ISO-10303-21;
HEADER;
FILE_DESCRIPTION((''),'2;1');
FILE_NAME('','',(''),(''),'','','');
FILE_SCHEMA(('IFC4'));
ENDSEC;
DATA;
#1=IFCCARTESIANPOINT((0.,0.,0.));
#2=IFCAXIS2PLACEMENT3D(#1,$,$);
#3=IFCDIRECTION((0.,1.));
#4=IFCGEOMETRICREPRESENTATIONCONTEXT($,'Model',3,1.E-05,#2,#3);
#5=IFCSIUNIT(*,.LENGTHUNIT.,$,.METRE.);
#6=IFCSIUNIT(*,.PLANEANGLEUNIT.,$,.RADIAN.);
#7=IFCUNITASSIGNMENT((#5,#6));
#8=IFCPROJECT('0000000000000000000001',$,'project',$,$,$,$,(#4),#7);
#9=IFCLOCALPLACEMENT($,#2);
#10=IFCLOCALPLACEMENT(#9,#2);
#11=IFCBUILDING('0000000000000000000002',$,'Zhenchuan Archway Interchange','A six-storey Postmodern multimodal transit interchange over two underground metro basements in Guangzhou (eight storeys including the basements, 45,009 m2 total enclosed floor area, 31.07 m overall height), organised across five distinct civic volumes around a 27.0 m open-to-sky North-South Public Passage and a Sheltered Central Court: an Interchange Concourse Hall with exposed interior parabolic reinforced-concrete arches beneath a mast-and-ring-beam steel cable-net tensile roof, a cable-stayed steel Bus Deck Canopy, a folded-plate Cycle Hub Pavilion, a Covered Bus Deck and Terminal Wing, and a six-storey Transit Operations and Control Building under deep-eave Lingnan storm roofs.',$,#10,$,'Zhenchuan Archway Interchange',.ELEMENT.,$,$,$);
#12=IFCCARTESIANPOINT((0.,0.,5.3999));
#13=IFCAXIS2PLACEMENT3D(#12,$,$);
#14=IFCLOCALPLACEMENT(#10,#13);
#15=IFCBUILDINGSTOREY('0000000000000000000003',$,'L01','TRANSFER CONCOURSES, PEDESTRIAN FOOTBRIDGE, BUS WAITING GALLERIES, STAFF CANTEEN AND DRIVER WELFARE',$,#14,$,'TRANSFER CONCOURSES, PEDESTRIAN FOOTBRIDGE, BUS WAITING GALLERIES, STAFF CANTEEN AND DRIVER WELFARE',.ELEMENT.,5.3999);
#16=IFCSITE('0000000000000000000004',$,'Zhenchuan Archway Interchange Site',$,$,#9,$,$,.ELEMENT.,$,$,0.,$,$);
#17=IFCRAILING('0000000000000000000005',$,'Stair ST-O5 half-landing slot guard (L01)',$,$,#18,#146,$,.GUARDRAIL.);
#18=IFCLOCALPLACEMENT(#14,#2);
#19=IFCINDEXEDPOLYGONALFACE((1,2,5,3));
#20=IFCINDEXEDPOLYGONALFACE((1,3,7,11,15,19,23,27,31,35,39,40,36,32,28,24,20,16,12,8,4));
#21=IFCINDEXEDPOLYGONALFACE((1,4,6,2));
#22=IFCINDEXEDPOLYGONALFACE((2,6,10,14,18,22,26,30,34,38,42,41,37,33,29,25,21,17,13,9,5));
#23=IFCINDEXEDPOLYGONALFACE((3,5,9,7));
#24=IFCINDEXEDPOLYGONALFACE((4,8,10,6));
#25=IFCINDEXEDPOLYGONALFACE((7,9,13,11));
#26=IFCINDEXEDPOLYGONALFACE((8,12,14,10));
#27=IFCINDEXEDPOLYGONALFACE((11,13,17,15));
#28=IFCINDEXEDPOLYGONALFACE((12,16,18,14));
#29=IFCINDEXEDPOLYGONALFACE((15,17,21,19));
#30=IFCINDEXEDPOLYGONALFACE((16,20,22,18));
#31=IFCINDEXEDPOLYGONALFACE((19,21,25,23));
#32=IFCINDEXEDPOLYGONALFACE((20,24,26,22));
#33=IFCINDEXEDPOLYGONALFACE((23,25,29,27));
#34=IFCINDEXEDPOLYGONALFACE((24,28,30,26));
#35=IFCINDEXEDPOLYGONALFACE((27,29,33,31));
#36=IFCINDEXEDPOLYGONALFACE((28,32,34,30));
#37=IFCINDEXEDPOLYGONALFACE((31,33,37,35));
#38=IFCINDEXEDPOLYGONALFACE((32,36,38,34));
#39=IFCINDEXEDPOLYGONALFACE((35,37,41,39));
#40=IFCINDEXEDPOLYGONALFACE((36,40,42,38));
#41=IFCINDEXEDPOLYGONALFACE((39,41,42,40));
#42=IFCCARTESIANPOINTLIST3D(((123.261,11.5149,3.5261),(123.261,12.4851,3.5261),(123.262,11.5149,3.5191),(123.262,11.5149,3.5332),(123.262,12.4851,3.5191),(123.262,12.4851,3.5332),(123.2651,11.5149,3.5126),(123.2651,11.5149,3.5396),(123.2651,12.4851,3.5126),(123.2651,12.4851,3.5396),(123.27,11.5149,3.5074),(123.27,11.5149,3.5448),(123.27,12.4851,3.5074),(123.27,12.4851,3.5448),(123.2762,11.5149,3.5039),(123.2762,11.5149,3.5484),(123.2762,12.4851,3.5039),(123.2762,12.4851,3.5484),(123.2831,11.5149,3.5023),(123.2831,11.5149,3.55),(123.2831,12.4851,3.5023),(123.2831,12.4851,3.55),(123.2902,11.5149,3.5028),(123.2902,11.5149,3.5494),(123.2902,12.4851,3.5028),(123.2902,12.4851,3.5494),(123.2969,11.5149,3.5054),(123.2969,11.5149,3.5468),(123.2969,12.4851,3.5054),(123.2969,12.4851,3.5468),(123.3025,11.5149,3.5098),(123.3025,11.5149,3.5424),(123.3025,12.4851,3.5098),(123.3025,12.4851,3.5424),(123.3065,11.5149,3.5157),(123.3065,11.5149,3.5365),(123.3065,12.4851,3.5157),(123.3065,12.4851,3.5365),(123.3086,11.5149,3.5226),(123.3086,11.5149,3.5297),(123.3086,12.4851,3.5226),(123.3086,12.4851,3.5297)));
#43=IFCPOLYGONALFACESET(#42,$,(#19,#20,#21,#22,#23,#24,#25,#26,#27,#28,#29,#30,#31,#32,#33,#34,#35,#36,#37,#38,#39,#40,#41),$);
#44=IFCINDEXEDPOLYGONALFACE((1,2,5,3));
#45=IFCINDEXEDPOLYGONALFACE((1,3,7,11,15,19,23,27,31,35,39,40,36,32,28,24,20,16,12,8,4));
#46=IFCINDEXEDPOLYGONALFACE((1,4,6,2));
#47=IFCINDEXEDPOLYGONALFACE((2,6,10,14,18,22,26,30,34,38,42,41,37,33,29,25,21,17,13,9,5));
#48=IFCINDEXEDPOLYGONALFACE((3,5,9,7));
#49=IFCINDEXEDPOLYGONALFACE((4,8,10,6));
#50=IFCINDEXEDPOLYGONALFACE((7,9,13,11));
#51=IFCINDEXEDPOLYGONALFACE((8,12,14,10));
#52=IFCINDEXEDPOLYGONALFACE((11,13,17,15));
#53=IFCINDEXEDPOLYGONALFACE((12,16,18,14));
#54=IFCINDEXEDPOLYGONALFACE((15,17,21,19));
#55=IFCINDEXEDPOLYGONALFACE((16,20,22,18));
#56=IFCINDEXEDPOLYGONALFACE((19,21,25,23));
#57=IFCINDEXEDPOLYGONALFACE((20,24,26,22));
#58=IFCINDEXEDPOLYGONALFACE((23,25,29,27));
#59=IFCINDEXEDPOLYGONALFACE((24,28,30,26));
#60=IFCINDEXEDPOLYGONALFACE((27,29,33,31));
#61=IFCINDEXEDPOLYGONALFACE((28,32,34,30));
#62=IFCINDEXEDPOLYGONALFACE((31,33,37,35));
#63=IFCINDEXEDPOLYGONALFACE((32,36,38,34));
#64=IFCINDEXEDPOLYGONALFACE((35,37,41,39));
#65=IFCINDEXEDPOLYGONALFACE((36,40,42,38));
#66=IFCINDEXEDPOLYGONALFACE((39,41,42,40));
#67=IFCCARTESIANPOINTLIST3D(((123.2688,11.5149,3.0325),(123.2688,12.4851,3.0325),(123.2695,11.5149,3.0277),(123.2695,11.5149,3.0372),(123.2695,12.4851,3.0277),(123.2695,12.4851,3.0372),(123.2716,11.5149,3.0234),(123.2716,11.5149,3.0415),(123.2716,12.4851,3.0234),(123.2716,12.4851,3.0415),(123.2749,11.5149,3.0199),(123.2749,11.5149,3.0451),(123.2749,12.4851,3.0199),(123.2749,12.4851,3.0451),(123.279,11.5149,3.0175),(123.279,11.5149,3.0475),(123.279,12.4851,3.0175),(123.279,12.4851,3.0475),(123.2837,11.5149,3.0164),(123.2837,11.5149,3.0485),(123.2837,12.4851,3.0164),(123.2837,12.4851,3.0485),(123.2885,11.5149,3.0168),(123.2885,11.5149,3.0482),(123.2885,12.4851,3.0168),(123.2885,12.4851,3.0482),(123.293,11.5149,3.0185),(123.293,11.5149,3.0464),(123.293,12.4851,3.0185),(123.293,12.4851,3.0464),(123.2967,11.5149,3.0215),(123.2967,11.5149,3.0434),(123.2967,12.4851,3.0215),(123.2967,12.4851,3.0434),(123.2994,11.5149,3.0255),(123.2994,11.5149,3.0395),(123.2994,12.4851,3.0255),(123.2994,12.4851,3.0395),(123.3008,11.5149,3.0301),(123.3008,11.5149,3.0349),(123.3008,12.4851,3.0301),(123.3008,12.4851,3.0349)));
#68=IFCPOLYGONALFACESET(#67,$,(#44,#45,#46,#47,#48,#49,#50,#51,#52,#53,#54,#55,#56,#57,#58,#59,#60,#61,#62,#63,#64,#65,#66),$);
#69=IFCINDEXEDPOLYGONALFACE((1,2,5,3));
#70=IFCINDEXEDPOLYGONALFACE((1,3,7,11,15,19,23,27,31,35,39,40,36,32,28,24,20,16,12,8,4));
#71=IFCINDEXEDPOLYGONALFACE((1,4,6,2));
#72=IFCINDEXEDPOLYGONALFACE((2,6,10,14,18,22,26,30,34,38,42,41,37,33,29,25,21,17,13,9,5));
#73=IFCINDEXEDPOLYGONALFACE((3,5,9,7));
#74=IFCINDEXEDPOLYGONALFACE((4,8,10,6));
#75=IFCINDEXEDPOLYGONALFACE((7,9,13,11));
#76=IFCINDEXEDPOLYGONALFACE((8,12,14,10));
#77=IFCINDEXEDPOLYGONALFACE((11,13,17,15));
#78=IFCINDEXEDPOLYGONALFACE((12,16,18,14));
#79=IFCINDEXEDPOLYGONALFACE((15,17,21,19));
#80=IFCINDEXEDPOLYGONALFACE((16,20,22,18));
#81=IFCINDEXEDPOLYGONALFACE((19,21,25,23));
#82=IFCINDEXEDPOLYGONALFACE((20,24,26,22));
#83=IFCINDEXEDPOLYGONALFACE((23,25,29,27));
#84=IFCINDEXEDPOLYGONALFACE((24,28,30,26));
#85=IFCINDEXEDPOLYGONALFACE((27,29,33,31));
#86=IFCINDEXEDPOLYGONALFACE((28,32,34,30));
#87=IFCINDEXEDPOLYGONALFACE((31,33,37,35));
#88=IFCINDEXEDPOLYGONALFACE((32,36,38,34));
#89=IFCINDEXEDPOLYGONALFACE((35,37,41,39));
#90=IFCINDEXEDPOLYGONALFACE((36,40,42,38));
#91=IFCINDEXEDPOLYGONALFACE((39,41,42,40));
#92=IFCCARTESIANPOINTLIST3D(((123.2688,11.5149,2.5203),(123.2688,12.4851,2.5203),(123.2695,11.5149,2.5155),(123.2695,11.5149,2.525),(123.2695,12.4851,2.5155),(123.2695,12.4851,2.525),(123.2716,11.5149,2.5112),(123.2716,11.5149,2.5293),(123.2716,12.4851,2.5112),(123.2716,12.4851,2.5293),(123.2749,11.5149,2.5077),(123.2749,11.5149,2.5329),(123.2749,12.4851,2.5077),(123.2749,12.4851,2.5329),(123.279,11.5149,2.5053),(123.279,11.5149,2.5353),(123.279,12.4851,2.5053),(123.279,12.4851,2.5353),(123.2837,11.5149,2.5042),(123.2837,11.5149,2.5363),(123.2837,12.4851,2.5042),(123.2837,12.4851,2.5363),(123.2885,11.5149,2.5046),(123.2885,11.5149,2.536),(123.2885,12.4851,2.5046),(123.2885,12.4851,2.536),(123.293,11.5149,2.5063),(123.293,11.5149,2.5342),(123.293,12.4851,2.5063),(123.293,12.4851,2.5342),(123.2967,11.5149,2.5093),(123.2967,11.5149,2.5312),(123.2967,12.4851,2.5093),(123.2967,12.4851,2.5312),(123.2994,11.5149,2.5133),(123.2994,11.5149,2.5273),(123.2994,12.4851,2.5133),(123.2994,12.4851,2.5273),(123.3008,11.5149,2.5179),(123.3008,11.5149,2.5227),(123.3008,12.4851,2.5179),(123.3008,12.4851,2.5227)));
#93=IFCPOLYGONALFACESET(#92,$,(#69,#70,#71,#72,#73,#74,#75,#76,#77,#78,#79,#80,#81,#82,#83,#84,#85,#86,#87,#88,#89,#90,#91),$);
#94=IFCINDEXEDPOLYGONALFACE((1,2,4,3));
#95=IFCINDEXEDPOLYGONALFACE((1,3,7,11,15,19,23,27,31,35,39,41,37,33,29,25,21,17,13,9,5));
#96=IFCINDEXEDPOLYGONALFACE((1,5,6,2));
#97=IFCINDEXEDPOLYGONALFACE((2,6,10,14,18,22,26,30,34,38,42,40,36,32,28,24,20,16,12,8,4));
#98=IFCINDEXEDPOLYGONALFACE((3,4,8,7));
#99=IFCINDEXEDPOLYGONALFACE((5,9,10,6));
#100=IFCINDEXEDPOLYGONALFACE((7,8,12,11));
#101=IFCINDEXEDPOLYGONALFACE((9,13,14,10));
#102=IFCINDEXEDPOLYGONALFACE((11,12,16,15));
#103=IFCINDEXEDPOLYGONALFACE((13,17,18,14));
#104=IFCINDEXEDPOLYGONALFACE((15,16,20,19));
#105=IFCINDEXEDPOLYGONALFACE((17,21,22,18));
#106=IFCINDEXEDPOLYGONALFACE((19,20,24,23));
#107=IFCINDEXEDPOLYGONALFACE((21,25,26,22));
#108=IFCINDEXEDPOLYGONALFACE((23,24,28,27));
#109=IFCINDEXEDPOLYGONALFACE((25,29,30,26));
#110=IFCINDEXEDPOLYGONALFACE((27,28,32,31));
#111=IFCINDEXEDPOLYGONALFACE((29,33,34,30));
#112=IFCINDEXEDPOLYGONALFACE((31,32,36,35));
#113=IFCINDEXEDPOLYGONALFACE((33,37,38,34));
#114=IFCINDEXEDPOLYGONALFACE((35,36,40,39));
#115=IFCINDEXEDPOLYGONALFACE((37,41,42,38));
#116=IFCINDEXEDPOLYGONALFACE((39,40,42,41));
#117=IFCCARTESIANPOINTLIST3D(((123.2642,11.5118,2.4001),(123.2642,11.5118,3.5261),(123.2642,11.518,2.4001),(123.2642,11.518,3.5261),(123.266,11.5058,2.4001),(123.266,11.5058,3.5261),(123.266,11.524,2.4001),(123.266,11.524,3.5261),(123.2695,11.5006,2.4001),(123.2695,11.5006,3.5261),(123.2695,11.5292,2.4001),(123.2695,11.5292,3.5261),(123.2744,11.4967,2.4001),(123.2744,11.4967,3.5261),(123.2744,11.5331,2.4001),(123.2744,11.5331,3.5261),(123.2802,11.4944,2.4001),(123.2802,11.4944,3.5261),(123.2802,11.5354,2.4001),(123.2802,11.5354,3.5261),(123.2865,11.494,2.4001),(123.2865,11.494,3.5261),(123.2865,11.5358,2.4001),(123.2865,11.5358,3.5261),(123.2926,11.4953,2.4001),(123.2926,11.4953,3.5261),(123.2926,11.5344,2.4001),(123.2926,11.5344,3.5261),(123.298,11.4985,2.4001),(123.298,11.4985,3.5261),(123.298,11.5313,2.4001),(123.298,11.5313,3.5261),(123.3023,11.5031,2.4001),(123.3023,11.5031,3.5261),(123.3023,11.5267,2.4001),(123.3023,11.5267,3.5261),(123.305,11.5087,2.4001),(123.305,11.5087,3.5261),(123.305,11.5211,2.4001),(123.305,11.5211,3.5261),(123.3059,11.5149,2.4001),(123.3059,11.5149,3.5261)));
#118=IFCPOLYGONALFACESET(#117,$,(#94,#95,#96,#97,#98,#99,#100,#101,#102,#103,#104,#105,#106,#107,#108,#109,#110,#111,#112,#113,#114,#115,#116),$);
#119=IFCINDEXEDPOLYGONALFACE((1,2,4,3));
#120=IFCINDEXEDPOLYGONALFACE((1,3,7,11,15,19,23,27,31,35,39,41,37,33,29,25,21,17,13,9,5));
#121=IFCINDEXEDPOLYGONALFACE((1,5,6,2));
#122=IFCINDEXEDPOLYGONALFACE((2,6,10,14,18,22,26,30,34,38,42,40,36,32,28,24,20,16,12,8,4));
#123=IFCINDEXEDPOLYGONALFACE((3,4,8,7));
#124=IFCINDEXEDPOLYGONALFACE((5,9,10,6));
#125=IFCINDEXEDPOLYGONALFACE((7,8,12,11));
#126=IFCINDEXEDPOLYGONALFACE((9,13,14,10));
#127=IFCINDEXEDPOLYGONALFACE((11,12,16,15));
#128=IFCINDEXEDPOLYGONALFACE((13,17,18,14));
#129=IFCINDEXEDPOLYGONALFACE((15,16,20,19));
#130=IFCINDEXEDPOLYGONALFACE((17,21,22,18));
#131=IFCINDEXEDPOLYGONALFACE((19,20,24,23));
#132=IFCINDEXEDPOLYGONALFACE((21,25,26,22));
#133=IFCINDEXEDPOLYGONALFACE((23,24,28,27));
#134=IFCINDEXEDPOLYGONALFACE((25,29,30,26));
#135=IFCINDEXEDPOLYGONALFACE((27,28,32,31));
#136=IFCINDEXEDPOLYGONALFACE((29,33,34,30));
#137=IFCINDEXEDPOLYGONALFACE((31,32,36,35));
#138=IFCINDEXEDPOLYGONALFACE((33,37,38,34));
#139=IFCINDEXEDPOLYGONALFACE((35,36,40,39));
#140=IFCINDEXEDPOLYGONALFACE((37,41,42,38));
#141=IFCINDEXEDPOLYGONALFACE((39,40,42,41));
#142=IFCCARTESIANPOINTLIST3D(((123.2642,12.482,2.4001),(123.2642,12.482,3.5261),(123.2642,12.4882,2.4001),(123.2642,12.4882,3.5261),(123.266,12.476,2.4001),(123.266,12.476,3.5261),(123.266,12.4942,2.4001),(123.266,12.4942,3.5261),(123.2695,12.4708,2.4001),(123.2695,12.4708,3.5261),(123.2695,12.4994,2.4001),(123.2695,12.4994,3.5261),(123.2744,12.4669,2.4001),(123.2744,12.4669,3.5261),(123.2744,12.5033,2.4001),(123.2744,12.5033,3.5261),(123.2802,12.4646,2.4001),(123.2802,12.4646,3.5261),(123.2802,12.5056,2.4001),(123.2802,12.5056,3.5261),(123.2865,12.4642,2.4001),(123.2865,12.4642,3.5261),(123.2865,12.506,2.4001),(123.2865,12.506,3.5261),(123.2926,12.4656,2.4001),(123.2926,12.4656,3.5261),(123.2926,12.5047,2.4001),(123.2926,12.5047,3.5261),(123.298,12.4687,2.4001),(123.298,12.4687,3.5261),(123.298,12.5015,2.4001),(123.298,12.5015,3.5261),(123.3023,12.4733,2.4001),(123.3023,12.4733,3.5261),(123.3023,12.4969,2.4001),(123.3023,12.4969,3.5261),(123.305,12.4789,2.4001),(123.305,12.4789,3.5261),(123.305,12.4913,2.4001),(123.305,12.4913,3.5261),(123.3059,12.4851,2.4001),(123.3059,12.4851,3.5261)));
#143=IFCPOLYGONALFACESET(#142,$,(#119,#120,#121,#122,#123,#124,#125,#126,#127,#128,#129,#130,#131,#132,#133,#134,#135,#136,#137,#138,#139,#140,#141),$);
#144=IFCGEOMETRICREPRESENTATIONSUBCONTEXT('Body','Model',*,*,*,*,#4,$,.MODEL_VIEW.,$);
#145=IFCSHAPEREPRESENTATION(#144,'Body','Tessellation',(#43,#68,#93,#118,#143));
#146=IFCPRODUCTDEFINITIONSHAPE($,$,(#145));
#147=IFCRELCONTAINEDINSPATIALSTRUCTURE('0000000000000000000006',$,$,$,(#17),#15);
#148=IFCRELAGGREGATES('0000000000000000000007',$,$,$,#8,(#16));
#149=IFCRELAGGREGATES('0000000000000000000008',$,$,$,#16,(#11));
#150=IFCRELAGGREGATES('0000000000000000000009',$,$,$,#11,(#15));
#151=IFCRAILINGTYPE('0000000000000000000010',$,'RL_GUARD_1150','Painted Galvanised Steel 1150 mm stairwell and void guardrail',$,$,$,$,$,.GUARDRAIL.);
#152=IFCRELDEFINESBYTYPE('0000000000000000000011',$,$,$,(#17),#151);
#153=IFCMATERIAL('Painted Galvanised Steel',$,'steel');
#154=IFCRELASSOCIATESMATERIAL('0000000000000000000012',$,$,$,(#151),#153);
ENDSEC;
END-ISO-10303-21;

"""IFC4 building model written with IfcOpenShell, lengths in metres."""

from ifc_helpers import new_model, si_unit, direction, frame, origin, origin_2d, place, context, subcontext, project, spatial, circle, extrude, material, type_object, element, save


model = new_model("IFC4")

# Units and contexts
model_context = context("Model", 3, precision=1e-05, world=origin(), true_north=direction((0.0, 1.0)))
body_context = subcontext(model_context, "Body", "Model", "MODEL_VIEW")
ifc_project = project(units=[si_unit("LENGTHUNIT", "METRE"), si_unit("PLANEANGLEUNIT", "RADIAN")], contexts=[model_context])

# Site, building, storey
site_placement = place(None, origin())
site = spatial("IfcSite", under=ifc_project, at=site_placement, Name="Zhenchuan Archway Interchange Site", CompositionType="ELEMENT", RefElevation=0.0)
building_placement = place(site_placement, origin())
building = spatial("IfcBuilding", under=site, at=building_placement, Name="Zhenchuan Archway Interchange", Description="A six-storey Postmodern multimodal transit interchange over two underground metro basements in Guangzhou (eight storeys including the basements, 45,009 m2 total enclosed floor area, 31.07 m overall height), organised across five distinct civic volumes around a 27.0 m open-to-sky North-South Public Passage and a Sheltered Central Court: an Interchange Concourse Hall with exposed interior parabolic reinforced-concrete arches beneath a mast-and-ring-beam steel cable-net tensile roof, a cable-stayed steel Bus Deck Canopy, a folded-plate Cycle Hub Pavilion, a Covered Bus Deck and Terminal Wing, and a six-storey Transit Operations and Control Building under deep-eave Lingnan storm roofs.", LongName="Zhenchuan Archway Interchange", CompositionType="ELEMENT")
storey_placement = place(building_placement, frame((0.0, 0.0, 5.3999)))
storey = spatial("IfcBuildingStorey", under=building, at=storey_placement, Name="L01", Description="TRANSFER CONCOURSES, PEDESTRIAN FOOTBRIDGE, BUS WAITING GALLERIES, STAFF CANTEEN AND DRIVER WELFARE", LongName="TRANSFER CONCOURSES, PEDESTRIAN FOOTBRIDGE, BUS WAITING GALLERIES, STAFF CANTEEN AND DRIVER WELFARE", CompositionType="ELEMENT", Elevation=5.3999)

# Railing
ifc_material_1 = material(Name="Painted Galvanised Steel", Category="steel")
railing_type_1 = type_object("IfcRailingType", Name="RL_GUARD_1150", Description="Painted Galvanised Steel 1150 mm stairwell and void guardrail", PredefinedType="GUARDRAIL", material=ifc_material_1)
for number, where, name in (
    (1, (123.2849, 11.5149, 2.4001), "Stair ST-O5 half-landing slot guard (L01)"),
):
    element("IfcRailing", number, at=place(storey_placement, frame(where)), inside=storey, type_object=railing_type_1, Name=name, PredefinedType="GUARDRAIL", context=body_context, shape_type="SweptSolid", body=[
        extrude(circle(Radius=0.0239, at=origin_2d()), frame((0.0, 0.0, 1.126), z_axis=(0.0, 1.0, 0.0), x_axis=(-1.0, 0.0, 0.0)), (0.0, 0.0, 1.0), 0.9702),
        extrude(circle(Radius=0.0161, at=origin_2d()), frame((0.0, 0.0, 0.6323), z_axis=(0.0, 1.0, 0.0), x_axis=(-1.0, 0.0, 0.0)), (0.0, 0.0, 1.0), 0.9702),
        extrude(circle(Radius=0.0161, at=origin_2d()), frame((0.0, 0.0, 0.1201), z_axis=(0.0, 1.0, 0.0), x_axis=(-1.0, 0.0, 0.0)), (0.0, 0.0, 1.0), 0.9702),
        extrude(circle(Radius=0.021, at=origin_2d()), origin(), (0.0, 0.0, 1.0), 1.126),
        extrude(circle(Radius=0.021, at=origin_2d()), frame((0.0, 0.9702, 0.0)), (0.0, 0.0, 1.0), 1.126),
    ])

save(model, "model.ifc")
